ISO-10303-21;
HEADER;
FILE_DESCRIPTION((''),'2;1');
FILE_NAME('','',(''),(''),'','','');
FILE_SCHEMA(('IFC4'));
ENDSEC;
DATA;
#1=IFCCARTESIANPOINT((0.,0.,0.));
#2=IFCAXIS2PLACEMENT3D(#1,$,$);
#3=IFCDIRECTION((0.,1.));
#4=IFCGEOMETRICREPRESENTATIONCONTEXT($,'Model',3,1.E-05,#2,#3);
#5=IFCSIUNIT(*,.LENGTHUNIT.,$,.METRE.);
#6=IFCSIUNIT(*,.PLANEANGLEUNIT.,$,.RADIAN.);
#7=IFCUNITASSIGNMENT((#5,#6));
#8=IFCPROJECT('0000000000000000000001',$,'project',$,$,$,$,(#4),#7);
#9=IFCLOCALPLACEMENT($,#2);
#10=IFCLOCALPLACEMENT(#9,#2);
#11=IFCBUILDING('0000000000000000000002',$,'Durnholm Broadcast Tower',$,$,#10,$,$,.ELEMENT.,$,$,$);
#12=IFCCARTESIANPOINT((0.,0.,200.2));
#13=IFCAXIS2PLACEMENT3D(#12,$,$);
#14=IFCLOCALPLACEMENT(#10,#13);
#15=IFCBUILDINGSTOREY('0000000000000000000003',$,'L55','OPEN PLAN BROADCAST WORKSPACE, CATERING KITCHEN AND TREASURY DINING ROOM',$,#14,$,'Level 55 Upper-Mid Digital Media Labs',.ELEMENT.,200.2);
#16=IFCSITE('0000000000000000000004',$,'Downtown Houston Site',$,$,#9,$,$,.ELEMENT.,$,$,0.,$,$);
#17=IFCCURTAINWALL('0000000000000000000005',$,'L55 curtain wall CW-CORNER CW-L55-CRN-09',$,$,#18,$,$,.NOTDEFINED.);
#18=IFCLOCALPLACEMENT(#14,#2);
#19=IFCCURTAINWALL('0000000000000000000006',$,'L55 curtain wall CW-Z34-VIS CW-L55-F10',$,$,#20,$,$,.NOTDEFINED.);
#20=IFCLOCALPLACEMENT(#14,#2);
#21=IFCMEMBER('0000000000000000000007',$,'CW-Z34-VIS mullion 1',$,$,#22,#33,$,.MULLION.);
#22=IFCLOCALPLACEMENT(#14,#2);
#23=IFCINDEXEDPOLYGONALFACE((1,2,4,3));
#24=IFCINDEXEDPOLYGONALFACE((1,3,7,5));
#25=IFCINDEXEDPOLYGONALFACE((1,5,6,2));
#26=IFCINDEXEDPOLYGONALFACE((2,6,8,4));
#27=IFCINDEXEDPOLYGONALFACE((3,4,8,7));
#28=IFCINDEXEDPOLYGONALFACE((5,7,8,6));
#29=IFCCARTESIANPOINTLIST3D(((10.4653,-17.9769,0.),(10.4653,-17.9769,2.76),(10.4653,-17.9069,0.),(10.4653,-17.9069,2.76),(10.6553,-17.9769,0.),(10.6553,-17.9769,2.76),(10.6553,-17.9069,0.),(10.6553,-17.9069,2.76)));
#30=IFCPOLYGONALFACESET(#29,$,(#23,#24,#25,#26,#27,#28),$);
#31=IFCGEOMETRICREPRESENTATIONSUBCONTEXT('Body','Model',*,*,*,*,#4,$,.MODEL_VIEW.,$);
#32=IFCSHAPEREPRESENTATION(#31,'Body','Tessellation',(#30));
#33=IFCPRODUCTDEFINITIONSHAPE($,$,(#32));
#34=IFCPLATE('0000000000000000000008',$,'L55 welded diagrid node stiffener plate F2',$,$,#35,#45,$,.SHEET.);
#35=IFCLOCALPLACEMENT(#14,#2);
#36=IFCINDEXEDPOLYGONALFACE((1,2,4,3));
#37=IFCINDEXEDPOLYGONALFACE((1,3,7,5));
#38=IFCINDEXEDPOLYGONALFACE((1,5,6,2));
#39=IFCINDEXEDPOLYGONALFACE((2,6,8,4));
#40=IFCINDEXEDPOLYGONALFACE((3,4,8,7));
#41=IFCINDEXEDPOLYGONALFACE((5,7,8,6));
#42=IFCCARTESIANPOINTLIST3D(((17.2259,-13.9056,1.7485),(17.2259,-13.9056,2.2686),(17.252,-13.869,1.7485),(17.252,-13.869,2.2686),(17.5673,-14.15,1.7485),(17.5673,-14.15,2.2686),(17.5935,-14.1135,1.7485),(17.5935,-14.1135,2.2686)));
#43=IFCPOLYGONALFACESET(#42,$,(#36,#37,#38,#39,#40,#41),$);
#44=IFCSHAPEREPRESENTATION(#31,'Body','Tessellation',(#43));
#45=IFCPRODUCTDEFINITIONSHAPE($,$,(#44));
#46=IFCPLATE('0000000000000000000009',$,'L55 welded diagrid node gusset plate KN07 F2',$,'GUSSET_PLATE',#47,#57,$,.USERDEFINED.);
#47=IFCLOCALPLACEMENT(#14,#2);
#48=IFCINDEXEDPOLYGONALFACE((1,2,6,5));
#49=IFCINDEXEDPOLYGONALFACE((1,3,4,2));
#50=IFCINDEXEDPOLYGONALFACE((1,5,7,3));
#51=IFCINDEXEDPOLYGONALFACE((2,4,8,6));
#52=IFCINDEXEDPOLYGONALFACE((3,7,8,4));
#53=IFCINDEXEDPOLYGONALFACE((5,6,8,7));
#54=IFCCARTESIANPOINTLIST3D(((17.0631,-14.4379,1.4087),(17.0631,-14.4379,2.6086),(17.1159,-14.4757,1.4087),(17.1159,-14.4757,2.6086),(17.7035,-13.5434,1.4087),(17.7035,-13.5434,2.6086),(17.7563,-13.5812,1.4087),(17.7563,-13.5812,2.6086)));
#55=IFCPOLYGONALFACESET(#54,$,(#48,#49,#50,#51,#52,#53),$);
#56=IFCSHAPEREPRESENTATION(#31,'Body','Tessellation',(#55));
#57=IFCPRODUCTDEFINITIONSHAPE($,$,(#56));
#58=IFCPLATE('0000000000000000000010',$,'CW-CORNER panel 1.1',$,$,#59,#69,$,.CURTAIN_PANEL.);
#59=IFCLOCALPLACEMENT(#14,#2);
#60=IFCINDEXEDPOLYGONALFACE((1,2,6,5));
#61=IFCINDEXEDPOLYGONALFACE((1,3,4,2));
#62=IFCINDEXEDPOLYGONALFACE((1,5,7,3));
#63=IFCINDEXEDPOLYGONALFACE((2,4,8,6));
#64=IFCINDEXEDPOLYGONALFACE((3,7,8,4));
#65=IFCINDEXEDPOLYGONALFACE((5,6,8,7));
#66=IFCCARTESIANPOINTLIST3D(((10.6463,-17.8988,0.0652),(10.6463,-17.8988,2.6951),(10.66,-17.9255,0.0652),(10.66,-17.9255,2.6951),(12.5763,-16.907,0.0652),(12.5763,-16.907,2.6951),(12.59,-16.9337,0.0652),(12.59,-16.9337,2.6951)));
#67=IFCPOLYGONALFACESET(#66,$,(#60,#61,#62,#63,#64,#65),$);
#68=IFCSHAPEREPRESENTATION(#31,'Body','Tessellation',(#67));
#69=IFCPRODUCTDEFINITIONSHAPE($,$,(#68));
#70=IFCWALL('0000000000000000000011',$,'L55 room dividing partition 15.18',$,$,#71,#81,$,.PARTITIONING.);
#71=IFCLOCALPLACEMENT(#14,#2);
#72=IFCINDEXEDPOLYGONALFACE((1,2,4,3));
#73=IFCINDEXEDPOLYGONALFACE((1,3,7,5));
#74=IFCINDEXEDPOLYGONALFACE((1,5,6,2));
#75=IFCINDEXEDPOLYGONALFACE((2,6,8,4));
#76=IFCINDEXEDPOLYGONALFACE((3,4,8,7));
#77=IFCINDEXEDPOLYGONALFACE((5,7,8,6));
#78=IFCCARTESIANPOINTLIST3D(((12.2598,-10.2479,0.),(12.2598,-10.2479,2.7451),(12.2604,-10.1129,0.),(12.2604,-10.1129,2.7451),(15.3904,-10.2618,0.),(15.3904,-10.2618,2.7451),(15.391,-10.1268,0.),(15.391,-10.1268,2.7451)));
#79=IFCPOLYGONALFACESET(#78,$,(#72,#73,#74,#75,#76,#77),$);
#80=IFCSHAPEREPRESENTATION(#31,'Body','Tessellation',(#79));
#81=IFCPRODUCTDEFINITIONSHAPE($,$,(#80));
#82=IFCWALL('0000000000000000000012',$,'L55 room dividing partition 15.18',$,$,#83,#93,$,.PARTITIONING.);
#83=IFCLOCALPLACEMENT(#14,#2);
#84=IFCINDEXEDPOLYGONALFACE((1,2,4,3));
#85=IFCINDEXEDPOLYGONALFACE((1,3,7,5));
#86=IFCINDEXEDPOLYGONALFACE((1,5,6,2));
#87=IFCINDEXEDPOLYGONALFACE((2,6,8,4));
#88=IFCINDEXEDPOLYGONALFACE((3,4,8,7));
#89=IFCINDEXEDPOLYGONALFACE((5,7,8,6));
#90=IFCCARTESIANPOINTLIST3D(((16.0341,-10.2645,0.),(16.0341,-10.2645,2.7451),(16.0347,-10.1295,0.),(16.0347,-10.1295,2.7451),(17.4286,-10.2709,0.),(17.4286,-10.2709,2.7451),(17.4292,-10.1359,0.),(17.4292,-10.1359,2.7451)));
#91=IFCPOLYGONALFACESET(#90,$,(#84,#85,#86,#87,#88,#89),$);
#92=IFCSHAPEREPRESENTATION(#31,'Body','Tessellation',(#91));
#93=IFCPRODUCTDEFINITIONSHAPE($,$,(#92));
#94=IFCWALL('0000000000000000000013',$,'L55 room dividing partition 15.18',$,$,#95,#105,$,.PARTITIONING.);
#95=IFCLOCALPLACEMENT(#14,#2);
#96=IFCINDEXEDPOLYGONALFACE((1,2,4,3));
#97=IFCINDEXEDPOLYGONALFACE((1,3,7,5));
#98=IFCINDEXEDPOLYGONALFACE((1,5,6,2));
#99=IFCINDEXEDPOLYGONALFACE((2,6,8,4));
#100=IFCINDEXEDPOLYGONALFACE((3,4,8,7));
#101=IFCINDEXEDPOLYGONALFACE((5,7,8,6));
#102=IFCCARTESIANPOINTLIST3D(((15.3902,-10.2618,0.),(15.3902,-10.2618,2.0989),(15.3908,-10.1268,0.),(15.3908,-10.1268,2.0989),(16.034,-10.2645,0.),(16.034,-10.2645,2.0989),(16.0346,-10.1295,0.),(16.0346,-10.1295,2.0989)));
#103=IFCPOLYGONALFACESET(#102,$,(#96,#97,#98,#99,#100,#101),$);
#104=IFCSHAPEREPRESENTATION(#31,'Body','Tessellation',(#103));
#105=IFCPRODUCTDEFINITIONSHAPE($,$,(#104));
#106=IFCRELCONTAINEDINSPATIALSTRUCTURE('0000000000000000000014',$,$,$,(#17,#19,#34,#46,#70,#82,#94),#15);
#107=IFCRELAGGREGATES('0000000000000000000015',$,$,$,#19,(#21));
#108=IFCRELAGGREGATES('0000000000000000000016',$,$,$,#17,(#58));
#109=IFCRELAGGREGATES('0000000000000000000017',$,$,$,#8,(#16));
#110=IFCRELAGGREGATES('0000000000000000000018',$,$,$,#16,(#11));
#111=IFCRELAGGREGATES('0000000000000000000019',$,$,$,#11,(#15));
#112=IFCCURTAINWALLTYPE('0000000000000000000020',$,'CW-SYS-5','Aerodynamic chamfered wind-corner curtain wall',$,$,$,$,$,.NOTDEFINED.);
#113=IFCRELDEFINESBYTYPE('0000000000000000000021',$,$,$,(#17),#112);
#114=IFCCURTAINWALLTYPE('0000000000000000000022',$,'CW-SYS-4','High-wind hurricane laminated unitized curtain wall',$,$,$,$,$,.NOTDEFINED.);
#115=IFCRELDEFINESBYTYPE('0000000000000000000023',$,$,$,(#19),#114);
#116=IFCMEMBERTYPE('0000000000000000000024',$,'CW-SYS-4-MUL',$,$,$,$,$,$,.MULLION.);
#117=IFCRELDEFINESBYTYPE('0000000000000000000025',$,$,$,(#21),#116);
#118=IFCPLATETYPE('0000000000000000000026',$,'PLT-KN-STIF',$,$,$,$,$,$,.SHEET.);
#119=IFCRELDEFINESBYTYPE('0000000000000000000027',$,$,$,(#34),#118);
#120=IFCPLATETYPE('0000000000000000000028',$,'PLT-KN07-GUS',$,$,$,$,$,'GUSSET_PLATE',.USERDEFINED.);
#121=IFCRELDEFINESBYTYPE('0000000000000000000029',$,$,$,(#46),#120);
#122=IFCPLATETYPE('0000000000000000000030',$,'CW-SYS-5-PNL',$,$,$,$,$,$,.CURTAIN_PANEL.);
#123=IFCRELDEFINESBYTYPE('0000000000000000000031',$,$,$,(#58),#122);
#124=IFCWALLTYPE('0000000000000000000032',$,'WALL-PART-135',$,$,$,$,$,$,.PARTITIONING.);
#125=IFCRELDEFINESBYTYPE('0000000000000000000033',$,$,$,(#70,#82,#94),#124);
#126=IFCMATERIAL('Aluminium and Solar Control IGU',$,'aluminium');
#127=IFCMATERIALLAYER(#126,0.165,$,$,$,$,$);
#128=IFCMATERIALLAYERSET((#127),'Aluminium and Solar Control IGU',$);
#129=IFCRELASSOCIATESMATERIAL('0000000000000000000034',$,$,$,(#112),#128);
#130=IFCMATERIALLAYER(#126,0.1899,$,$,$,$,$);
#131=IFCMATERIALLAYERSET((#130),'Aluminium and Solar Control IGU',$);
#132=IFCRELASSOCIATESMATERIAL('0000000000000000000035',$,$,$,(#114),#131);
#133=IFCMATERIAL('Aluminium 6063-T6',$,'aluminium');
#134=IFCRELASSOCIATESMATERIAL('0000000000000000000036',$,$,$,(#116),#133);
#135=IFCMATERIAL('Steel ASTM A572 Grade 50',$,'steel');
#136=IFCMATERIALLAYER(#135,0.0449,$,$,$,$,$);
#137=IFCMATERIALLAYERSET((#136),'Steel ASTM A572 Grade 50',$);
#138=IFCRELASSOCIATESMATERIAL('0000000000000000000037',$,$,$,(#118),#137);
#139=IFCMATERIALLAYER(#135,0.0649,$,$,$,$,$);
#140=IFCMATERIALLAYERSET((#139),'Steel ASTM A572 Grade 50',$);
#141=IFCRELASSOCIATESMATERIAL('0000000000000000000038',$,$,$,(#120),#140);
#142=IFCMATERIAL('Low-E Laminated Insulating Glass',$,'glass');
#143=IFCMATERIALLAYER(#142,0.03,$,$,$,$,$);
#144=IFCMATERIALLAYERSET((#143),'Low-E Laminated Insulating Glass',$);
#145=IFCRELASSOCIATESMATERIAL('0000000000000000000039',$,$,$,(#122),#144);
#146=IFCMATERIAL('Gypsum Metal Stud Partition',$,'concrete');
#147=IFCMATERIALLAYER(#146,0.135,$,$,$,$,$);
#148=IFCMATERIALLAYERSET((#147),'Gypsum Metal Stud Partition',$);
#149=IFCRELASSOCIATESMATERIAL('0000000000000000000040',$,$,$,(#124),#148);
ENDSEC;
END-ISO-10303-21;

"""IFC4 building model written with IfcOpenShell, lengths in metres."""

from ifc_helpers import new_model, si_unit, direction, frame, frame_2d, origin, origin_2d, place, context, subcontext, project, spatial, rectangle, extrude, source, transform, mapped, material, layer, layer_set, material_profile, profile_set, type_object, type_shapes, element, aggregate, save


model = new_model("IFC4")

# Units and contexts
model_context = context("Model", 3, precision=1e-05, world=origin(), true_north=direction((0.0, 1.0)))
body_context = subcontext(model_context, "Body", "Model", "MODEL_VIEW")
ifc_project = project(units=[si_unit("LENGTHUNIT", "METRE"), si_unit("PLANEANGLEUNIT", "RADIAN")], contexts=[model_context])

# Site, building, storey
site_placement = place(None, origin())
site = spatial("IfcSite", under=ifc_project, at=site_placement, Name="Downtown Houston Site", CompositionType="ELEMENT", RefElevation=0.0)
building_placement = place(site_placement, origin())
building = spatial("IfcBuilding", under=site, at=building_placement, Name="Durnholm Broadcast Tower", CompositionType="ELEMENT")
storey_placement = place(building_placement, frame((0.0, 0.0, 200.2)))
storey = spatial("IfcBuildingStorey", under=building, at=storey_placement, Name="L55", Description="OPEN PLAN BROADCAST WORKSPACE, CATERING KITCHEN AND TREASURY DINING ROOM", LongName="Level 55 Upper-Mid Digital Media Labs", CompositionType="ELEMENT", Elevation=200.2)

# Curtain wall
ifc_material_1 = material(Name="Aluminium and Solar Control IGU", Category="aluminium")
ifc_layer_1 = layer(ifc_material_1, 0.165)
ifc_layer_set_1 = layer_set([ifc_layer_1], Name="Aluminium and Solar Control IGU")
curtain_wall_type_1 = type_object("IfcCurtainWallType", Name="CW-SYS-5", Description="Aerodynamic chamfered wind-corner curtain wall", PredefinedType="NOTDEFINED", material=ifc_layer_set_1)
curtain_wall_1_placement = place(storey_placement, origin())
curtain_wall_1 = element("IfcCurtainWall", 1, at=curtain_wall_1_placement, inside=storey, type_object=curtain_wall_type_1, Name="L55 curtain wall CW-CORNER CW-L55-CRN-09", PredefinedType="NOTDEFINED")
ifc_material_2 = material(Name="Aluminium 6063-T6", Category="aluminium")

# Curtain wall
ifc_layer_2 = layer(ifc_material_1, 0.1899)
ifc_layer_set_2 = layer_set([ifc_layer_2], Name="Aluminium and Solar Control IGU")
curtain_wall_type_2 = type_object("IfcCurtainWallType", Name="CW-SYS-4", Description="High-wind hurricane laminated unitized curtain wall", PredefinedType="NOTDEFINED", material=ifc_layer_set_2)
curtain_wall_2_placement = place(storey_placement, origin())
curtain_wall_2 = element("IfcCurtainWall", 2, at=curtain_wall_2_placement, inside=storey, type_object=curtain_wall_type_2, Name="L55 curtain wall CW-Z34-VIS CW-L55-F10", PredefinedType="NOTDEFINED")
ifc_material_profile_1 = material_profile(ifc_material_2, rectangle(XDim=0.0701, YDim=0.1899, at=origin_2d()), Name="CWM70X190")
ifc_profile_set_1 = profile_set([ifc_material_profile_1], Name="Aluminium 6063-T6")
member_type_1 = type_object("IfcMemberType", Name="CW-SYS-4-MUL", PredefinedType="MULLION", material=ifc_profile_set_1)
shared_shape_1 = source(origin(), body_context, "Body", "SweptSolid", [
    extrude(rectangle(XDim=0.0701, YDim=0.1899, at=origin_2d()), origin(), (0.0, 0.0, 1.0), 2.76),
])
type_shapes(member_type_1, [shared_shape_1])

# Member
member_1_placement = place(storey_placement, frame((10.5603, -17.9419, 0.0), z_axis=(0.0, 0.0, 1.0), x_axis=(0.0, -1.0, 0.0)))
member_1 = element("IfcMember", 3, at=member_1_placement, type_object=member_type_1, Name="CW-Z34-VIS mullion 1", PredefinedType="MULLION", context=body_context, shape_type="MappedRepresentation", body=[
    mapped(shared_shape_1, transform((0.0, 0.0, 0.0), x_axis=(1.0, 0.0, 0.0), y_axis=(0.0, 1.0, 0.0), z_axis=(0.0, 0.0, 1.0), scale=1.0)),
])
aggregate(curtain_wall_2, [member_1])

# Plates
ifc_material_3 = material(Name="Steel ASTM A572 Grade 50", Category="steel")
ifc_layer_3 = layer(ifc_material_3, 0.0449)
ifc_layer_set_3 = layer_set([ifc_layer_3], Name="Steel ASTM A572 Grade 50")
plate_type_1 = type_object("IfcPlateType", Name="PLT-KN-STIF", PredefinedType="SHEET", material=ifc_layer_set_3)
shared_shape_2 = source(origin(), body_context, "Body", "SweptSolid", [
    extrude(rectangle(XDim=0.0449, YDim=0.4199, at=origin_2d()), origin(), (0.0, 0.0, 1.0), 0.52),
])
type_shapes(plate_type_1, [shared_shape_2])
plate_1_placement = place(storey_placement, frame((17.4097, -14.0095, 1.7485), z_axis=(0.0, 0.0, 1.0), x_axis=(0.582123, 0.813101, 0.0)))
element("IfcPlate", 4, at=plate_1_placement, inside=storey, type_object=plate_type_1, Name="L55 welded diagrid node stiffener plate F2", PredefinedType="SHEET", context=body_context, shape_type="MappedRepresentation", body=[
    mapped(shared_shape_2, transform((0.0, 0.0, 0.0), x_axis=(1.0, 0.0, 0.0), y_axis=(0.0, 1.0, 0.0), z_axis=(0.0, 0.0, 1.0), scale=1.0)),
])
ifc_layer_4 = layer(ifc_material_3, 0.0649)
ifc_layer_set_4 = layer_set([ifc_layer_4], Name="Steel ASTM A572 Grade 50")
plate_type_2 = type_object("IfcPlateType", Name="PLT-KN07-GUS", ElementType="GUSSET_PLATE", PredefinedType="USERDEFINED", material=ifc_layer_set_4)
shared_shape_3 = source(origin(), body_context, "Body", "SweptSolid", [
    extrude(rectangle(XDim=1.1001, YDim=0.0649, at=origin_2d()), origin(), (0.0, 0.0, 1.0), 1.2),
])
type_shapes(plate_type_2, [shared_shape_3])
plate_2_placement = place(storey_placement, frame((17.4097, -14.0095, 1.4087), z_axis=(0.0, 0.0, 1.0), x_axis=(0.582123, 0.813101, 0.0)))
element("IfcPlate", 5, at=plate_2_placement, inside=storey, type_object=plate_type_2, Name="L55 welded diagrid node gusset plate KN07 F2", ObjectType="GUSSET_PLATE", PredefinedType="USERDEFINED", context=body_context, shape_type="MappedRepresentation", body=[
    mapped(shared_shape_3, transform((0.0, 0.0, 0.0), x_axis=(1.0, 0.0, 0.0), y_axis=(0.0, 1.0, 0.0), z_axis=(0.0, 0.0, 1.0), scale=1.0)),
])

# Plate
ifc_material_4 = material(Name="Low-E Laminated Insulating Glass", Category="glass")
ifc_layer_5 = layer(ifc_material_4, 0.03)
ifc_layer_set_5 = layer_set([ifc_layer_5], Name="Low-E Laminated Insulating Glass")
plate_type_3 = type_object("IfcPlateType", Name="CW-SYS-5-PNL", PredefinedType="CURTAIN_PANEL", material=ifc_layer_set_5)
shared_shape_4 = source(origin(), body_context, "Body", "SweptSolid", [
    extrude(rectangle(XDim=2.1699, YDim=0.03, at=origin_2d()), origin(), (0.0, 0.0, 1.0), 2.6299),
])
type_shapes(plate_type_3, [shared_shape_4])
plate_3_placement = place(storey_placement, frame((11.6182, -17.4163, 0.0652), z_axis=(0.0, 0.0, 1.0), x_axis=(-0.889425, -0.457082, 0.0)))
plate_3 = element("IfcPlate", 6, at=plate_3_placement, type_object=plate_type_3, Name="CW-CORNER panel 1.1", PredefinedType="CURTAIN_PANEL", context=body_context, shape_type="MappedRepresentation", body=[
    mapped(shared_shape_4, transform((0.0, 0.0, 0.0), x_axis=(1.0, 0.0, 0.0), y_axis=(0.0, 1.0, 0.0), z_axis=(0.0, 0.0, 1.0), scale=1.0)),
])
aggregate(curtain_wall_1, [plate_3])

# Walls
ifc_material_5 = material(Name="Gypsum Metal Stud Partition", Category="concrete")
ifc_layer_6 = layer(ifc_material_5, 0.135)
ifc_layer_set_6 = layer_set([ifc_layer_6], Name="Gypsum Metal Stud Partition")
wall_type = type_object("IfcWallType", Name="WALL-PART-135", PredefinedType="PARTITIONING", material=ifc_layer_set_6)
wall_1_placement = place(storey_placement, frame((12.26, -10.1804, 0.0), z_axis=(0.0, 0.0, 1.0), x_axis=(0.99999, -0.004445, 0.0)))
element("IfcWall", 7, at=wall_1_placement, inside=storey, type_object=wall_type, Name="L55 room dividing partition 15.18", PredefinedType="PARTITIONING", context=body_context, shape_type="SweptSolid", body=[
    extrude(rectangle(XDim=3.1306, YDim=0.135, at=frame_2d((1.5654, 0.0))), origin(), (0.0, 0.0, 1.0), 2.7451),
])
wall_2_placement = place(storey_placement, frame((16.0344, -10.197, 0.0), z_axis=(0.0, 0.0, 1.0), x_axis=(0.99999, -0.004552, 0.0)))
element("IfcWall", 8, at=wall_2_placement, inside=storey, type_object=wall_type, Name="L55 room dividing partition 15.18", PredefinedType="PARTITIONING", context=body_context, shape_type="SweptSolid", body=[
    extrude(rectangle(XDim=1.3945, YDim=0.135, at=frame_2d((0.6973, 0.0))), origin(), (0.0, 0.0, 1.0), 2.7451),
])
wall_3_placement = place(storey_placement, frame((15.3906, -10.1943, 0.0), z_axis=(0.0, 0.0, 1.0), x_axis=(0.999991, -0.004171, 0.0)))
element("IfcWall", 9, at=wall_3_placement, inside=storey, type_object=wall_type, Name="L55 room dividing partition 15.18", PredefinedType="PARTITIONING", context=body_context, shape_type="SweptSolid", body=[
    extrude(rectangle(XDim=0.6438, YDim=0.135, at=frame_2d((0.3218, 0.0))), origin(), (0.0, 0.0, 1.0), 2.0989),
])

save(model, "model.ifc")
